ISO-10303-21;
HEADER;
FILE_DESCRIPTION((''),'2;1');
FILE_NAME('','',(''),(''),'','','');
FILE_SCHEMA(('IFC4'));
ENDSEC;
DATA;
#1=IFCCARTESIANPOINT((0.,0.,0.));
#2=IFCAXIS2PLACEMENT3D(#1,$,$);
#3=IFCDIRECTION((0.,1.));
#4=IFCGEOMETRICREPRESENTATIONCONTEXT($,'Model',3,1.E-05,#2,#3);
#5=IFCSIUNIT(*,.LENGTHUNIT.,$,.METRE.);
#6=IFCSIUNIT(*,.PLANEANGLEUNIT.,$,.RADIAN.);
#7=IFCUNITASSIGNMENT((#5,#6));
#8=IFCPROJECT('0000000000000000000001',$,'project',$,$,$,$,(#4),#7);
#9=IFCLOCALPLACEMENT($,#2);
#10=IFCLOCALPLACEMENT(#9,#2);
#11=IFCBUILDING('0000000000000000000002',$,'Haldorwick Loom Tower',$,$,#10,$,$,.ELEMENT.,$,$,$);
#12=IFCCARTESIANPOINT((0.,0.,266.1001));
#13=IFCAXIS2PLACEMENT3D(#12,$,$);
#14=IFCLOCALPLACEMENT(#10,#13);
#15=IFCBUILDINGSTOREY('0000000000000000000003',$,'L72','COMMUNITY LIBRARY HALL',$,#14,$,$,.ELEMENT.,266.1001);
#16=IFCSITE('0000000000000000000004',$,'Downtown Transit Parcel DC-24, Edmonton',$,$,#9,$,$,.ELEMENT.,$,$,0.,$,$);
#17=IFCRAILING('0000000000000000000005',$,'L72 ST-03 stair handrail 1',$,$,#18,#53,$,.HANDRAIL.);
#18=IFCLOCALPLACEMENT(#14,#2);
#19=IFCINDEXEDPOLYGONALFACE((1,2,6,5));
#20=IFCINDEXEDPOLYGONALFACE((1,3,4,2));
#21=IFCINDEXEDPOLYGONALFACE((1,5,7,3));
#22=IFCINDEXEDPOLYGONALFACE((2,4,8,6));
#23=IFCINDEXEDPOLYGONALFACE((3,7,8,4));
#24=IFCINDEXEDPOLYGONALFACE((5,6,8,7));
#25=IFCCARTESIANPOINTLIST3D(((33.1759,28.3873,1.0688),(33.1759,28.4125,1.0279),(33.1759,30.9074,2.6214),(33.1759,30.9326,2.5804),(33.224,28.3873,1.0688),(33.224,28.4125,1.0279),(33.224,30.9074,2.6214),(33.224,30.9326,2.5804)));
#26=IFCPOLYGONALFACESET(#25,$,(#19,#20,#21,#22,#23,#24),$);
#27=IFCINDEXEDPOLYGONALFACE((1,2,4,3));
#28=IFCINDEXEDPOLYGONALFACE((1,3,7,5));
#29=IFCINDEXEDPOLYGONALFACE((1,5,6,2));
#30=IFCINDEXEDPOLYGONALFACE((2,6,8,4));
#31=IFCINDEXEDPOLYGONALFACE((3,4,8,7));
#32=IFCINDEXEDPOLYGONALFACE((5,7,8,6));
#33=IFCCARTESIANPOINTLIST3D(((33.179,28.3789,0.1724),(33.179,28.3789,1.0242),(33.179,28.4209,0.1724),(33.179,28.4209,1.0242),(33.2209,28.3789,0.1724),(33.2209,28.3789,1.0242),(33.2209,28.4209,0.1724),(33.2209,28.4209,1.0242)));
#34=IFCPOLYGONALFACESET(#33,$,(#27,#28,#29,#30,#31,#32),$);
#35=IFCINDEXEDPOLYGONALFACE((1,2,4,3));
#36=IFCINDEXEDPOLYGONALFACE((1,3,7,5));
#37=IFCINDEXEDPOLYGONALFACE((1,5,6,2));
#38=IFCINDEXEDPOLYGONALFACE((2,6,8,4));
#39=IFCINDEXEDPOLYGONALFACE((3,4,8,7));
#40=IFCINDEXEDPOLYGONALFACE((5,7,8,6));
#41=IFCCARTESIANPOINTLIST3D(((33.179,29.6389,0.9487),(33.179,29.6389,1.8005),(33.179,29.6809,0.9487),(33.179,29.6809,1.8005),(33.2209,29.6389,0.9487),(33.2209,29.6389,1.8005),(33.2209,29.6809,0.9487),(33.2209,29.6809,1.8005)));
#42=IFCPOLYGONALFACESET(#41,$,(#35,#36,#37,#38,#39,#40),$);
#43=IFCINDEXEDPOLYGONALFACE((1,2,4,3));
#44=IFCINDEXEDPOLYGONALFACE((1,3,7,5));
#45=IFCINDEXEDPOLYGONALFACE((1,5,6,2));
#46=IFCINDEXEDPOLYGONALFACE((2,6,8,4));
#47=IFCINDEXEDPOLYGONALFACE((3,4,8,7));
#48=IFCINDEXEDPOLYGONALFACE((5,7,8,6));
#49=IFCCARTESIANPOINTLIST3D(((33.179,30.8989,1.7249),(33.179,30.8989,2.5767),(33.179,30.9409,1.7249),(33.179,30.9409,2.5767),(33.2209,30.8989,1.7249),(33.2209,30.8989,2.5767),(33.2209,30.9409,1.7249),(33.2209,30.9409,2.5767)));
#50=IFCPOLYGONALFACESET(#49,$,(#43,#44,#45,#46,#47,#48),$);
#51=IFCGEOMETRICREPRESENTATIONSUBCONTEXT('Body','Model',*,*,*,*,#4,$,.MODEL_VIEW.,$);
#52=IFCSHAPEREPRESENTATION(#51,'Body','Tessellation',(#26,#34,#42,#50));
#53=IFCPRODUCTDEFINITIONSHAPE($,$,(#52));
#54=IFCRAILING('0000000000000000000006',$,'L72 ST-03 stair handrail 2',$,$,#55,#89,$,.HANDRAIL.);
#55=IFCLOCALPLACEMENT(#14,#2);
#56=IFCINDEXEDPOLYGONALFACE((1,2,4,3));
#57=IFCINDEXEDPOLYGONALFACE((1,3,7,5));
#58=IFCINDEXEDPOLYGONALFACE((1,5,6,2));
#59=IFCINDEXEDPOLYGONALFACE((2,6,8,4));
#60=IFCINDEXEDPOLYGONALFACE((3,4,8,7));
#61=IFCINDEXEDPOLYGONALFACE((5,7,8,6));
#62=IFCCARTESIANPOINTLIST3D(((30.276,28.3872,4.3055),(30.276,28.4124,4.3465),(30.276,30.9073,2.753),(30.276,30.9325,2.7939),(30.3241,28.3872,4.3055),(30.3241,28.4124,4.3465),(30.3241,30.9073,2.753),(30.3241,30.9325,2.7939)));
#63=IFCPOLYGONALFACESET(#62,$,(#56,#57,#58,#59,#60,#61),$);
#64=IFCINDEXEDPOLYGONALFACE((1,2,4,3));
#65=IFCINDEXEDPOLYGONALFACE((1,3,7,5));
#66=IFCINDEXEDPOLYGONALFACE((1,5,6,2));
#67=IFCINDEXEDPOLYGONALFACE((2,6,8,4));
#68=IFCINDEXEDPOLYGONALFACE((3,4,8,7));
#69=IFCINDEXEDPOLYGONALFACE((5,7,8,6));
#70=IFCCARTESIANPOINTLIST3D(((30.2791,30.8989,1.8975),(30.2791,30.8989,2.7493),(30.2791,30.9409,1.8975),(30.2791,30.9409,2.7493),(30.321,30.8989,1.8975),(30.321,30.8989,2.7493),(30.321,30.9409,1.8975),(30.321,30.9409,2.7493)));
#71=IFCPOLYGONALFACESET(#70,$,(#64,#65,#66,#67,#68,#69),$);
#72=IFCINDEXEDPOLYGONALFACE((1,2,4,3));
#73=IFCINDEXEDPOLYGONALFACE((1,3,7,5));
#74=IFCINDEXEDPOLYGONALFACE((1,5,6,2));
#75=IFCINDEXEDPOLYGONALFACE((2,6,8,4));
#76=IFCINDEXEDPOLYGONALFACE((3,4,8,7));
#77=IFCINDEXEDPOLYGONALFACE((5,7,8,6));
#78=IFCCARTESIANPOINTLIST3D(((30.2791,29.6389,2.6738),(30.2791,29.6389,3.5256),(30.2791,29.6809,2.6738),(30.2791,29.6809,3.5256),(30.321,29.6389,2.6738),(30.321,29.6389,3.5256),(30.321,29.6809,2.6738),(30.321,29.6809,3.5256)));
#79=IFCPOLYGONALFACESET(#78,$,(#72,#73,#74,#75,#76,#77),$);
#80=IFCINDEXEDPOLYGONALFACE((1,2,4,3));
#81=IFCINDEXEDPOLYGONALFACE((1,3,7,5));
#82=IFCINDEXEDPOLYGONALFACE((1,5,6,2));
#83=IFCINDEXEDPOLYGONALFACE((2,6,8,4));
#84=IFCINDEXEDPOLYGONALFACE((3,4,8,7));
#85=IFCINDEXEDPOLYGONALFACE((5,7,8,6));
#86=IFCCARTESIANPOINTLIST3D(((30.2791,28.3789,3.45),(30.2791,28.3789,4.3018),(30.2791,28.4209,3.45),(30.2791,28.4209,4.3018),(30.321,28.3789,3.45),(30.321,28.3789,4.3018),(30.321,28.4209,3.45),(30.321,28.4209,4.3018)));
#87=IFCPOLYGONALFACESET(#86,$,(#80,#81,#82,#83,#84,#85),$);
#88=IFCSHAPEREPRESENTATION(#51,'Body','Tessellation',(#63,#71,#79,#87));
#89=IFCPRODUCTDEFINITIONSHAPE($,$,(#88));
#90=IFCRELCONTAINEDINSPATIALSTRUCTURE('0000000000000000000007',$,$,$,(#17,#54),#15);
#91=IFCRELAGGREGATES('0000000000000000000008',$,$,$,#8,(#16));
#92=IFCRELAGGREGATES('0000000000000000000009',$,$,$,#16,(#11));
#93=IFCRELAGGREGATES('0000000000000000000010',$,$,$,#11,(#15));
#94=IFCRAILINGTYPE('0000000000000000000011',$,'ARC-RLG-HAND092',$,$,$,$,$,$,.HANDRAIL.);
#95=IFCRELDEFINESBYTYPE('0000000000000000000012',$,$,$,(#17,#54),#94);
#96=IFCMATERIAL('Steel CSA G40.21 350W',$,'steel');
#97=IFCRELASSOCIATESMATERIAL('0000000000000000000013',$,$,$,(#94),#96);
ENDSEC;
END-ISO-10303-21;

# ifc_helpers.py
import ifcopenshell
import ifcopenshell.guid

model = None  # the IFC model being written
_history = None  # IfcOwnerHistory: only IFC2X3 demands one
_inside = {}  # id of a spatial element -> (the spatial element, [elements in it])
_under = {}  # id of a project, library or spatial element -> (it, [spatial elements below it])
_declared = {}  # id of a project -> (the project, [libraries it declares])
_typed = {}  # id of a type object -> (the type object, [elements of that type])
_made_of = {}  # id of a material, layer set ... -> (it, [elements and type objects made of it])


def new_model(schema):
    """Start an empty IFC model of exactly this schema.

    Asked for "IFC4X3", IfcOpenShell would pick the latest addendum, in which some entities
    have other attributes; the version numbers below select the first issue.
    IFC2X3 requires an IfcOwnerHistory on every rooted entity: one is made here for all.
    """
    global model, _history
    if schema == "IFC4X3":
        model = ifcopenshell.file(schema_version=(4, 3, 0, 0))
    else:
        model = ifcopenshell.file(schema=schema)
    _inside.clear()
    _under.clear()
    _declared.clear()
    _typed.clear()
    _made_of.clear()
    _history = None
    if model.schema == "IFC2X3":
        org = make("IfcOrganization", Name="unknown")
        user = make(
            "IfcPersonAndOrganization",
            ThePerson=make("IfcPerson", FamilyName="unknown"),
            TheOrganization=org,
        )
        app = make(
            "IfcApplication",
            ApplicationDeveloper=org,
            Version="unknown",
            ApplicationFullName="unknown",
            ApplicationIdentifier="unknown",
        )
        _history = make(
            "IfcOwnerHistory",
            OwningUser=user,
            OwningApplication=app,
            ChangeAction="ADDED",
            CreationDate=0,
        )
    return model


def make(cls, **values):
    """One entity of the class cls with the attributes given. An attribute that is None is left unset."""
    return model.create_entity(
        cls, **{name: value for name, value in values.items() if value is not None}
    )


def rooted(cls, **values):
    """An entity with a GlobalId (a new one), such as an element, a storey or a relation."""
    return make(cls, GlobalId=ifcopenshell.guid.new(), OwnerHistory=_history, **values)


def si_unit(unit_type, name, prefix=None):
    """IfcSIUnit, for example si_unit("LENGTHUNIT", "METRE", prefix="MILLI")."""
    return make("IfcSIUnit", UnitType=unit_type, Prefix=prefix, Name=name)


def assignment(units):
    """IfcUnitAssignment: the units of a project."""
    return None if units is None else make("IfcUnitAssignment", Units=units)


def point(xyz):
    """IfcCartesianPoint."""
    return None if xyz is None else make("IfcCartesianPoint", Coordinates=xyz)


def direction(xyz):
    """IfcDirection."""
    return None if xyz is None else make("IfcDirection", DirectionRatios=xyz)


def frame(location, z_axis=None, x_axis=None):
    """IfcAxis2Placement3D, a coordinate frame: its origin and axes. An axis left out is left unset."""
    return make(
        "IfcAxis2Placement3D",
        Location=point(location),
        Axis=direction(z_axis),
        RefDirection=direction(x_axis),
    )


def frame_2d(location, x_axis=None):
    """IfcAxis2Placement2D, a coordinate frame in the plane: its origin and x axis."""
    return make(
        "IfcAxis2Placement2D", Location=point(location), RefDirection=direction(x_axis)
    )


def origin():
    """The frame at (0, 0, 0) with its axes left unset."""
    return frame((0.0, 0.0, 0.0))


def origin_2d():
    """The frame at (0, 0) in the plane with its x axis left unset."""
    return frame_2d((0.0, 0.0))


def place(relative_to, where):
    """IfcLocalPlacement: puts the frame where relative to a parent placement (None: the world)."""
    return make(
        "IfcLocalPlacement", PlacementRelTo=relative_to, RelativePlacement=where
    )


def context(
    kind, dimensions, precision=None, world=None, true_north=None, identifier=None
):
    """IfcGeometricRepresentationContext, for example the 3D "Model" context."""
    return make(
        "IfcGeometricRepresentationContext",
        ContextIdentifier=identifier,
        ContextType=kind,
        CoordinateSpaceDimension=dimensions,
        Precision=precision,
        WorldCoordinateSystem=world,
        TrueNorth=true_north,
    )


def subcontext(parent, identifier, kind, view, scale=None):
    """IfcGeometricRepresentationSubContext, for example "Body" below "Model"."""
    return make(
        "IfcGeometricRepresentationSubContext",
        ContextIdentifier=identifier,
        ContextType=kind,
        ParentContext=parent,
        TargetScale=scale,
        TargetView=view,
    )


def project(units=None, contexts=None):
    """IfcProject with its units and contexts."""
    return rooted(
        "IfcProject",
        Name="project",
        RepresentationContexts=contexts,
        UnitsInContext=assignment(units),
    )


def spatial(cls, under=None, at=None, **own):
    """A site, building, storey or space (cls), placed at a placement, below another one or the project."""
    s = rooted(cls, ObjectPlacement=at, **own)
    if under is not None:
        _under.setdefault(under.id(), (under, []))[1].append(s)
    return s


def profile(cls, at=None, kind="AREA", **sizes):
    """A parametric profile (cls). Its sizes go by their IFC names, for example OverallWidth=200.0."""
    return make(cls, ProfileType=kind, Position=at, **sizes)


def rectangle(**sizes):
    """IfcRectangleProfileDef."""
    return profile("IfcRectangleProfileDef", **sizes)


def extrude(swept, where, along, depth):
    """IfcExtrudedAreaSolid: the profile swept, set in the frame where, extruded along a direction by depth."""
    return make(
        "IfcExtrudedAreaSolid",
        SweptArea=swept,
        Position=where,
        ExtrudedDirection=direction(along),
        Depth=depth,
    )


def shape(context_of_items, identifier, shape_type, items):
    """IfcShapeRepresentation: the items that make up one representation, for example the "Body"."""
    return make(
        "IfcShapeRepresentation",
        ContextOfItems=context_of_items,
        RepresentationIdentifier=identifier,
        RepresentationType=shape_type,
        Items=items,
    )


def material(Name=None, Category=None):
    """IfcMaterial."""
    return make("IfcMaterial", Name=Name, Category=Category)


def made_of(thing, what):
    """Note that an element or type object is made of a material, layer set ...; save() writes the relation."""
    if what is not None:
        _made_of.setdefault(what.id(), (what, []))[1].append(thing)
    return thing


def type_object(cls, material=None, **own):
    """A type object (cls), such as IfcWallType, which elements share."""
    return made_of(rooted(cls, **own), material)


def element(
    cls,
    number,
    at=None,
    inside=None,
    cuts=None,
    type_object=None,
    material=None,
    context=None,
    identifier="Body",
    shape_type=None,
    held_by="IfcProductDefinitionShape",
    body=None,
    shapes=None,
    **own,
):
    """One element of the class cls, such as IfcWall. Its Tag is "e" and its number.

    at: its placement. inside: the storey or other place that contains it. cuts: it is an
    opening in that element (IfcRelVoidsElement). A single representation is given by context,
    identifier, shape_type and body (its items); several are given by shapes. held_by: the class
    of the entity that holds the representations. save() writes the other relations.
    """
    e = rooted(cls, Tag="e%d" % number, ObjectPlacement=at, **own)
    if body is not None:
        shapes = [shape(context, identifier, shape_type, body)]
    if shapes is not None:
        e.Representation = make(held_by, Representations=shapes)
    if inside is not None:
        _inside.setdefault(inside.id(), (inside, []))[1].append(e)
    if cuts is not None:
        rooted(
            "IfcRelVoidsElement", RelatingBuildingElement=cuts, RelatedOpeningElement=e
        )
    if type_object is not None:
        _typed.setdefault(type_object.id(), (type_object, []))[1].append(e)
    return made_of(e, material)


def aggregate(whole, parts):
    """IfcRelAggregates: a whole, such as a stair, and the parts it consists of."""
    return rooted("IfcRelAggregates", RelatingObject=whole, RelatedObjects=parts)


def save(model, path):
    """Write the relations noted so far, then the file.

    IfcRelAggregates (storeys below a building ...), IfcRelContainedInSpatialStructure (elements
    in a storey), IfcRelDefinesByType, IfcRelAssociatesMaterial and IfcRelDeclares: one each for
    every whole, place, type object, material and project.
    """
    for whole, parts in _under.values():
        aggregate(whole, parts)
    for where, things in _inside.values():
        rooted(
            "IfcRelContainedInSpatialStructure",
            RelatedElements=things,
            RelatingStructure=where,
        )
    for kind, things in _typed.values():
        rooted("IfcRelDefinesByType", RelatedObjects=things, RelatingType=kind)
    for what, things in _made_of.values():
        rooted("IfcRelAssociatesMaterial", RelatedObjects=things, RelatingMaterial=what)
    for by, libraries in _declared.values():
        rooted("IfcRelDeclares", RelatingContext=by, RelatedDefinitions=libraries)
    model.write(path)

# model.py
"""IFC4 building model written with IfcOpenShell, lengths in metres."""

from ifc_helpers import new_model, si_unit, direction, frame, origin, origin_2d, place, context, subcontext, project, spatial, rectangle, extrude, material, type_object, element, save


model = new_model("IFC4")

# Units and contexts
model_context = context("Model", 3, precision=1e-05, world=origin(), true_north=direction((0.0, 1.0)))
body_context = subcontext(model_context, "Body", "Model", "MODEL_VIEW")
ifc_project = project(units=[si_unit("LENGTHUNIT", "METRE"), si_unit("PLANEANGLEUNIT", "RADIAN")], contexts=[model_context])

# Site, building, storey
site_placement = place(None, origin())
site = spatial("IfcSite", under=ifc_project, at=site_placement, Name="Downtown Transit Parcel DC-24, Edmonton", CompositionType="ELEMENT", RefElevation=0.0)
building_placement = place(site_placement, origin())
building = spatial("IfcBuilding", under=site, at=building_placement, Name="Haldorwick Loom Tower", CompositionType="ELEMENT")
storey_placement = place(building_placement, frame((0.0, 0.0, 266.1001)))
storey = spatial("IfcBuildingStorey", under=building, at=storey_placement, Name="L72", Description="COMMUNITY LIBRARY HALL", CompositionType="ELEMENT", Elevation=266.1001)

# Shared definitions
ifc_material_1 = material(Name="Steel CSA G40.21 350W", Category="steel")

# Railings
railing_type_1 = type_object("IfcRailingType", Name="ARC-RLG-HAND092", PredefinedType="HANDRAIL", material=ifc_material_1)
railing_1_placement = place(storey_placement, frame((33.2, 28.3999, 0.1724)))
element("IfcRailing", 1, at=railing_1_placement, inside=storey, type_object=railing_type_1, Name="L72 ST-03 stair handrail 1", PredefinedType="HANDRAIL", context=body_context, shape_type="SweptSolid", body=[
    extrude(rectangle(XDim=0.0481, YDim=0.0481, at=origin_2d()), frame((0.0, 0.0, 0.876), z_axis=(0.0, 0.8514, 0.524516), x_axis=(-1.0, 0.0, 0.0)), (0.0, 0.0, 1.0), 2.96),
    extrude(rectangle(XDim=0.042, YDim=0.042, at=origin_2d()), origin(), (0.0, 0.0, 1.0), 0.8518),
    extrude(rectangle(XDim=0.042, YDim=0.042, at=origin_2d()), frame((0.0, 1.26, 0.7764)), (0.0, 0.0, 1.0), 0.8518),
    extrude(rectangle(XDim=0.042, YDim=0.042, at=origin_2d()), frame((0.0, 2.52, 1.5525)), (0.0, 0.0, 1.0), 0.8518),
])
railing_2_placement = place(storey_placement, frame((30.3, 30.9199, 1.8975)))
element("IfcRailing", 2, at=railing_2_placement, inside=storey, type_object=railing_type_1, Name="L72 ST-03 stair handrail 2", PredefinedType="HANDRAIL", context=body_context, shape_type="SweptSolid", body=[
    extrude(rectangle(XDim=0.0481, YDim=0.0481, at=origin_2d()), frame((0.0, 0.0, 0.876), z_axis=(0.0, -0.8514, 0.524516), x_axis=(1.0, 0.0, 0.0)), (0.0, 0.0, 1.0), 2.96),
    extrude(rectangle(XDim=0.042, YDim=0.042, at=origin_2d()), origin(), (0.0, 0.0, 1.0), 0.8518),
    extrude(rectangle(XDim=0.042, YDim=0.042, at=origin_2d()), frame((0.0, -1.26, 0.7764)), (0.0, 0.0, 1.0), 0.8518),
    extrude(rectangle(XDim=0.042, YDim=0.042, at=origin_2d()), frame((0.0, -2.52, 1.5525)), (0.0, 0.0, 1.0), 0.8518),
])

save(model, "model.ifc")
